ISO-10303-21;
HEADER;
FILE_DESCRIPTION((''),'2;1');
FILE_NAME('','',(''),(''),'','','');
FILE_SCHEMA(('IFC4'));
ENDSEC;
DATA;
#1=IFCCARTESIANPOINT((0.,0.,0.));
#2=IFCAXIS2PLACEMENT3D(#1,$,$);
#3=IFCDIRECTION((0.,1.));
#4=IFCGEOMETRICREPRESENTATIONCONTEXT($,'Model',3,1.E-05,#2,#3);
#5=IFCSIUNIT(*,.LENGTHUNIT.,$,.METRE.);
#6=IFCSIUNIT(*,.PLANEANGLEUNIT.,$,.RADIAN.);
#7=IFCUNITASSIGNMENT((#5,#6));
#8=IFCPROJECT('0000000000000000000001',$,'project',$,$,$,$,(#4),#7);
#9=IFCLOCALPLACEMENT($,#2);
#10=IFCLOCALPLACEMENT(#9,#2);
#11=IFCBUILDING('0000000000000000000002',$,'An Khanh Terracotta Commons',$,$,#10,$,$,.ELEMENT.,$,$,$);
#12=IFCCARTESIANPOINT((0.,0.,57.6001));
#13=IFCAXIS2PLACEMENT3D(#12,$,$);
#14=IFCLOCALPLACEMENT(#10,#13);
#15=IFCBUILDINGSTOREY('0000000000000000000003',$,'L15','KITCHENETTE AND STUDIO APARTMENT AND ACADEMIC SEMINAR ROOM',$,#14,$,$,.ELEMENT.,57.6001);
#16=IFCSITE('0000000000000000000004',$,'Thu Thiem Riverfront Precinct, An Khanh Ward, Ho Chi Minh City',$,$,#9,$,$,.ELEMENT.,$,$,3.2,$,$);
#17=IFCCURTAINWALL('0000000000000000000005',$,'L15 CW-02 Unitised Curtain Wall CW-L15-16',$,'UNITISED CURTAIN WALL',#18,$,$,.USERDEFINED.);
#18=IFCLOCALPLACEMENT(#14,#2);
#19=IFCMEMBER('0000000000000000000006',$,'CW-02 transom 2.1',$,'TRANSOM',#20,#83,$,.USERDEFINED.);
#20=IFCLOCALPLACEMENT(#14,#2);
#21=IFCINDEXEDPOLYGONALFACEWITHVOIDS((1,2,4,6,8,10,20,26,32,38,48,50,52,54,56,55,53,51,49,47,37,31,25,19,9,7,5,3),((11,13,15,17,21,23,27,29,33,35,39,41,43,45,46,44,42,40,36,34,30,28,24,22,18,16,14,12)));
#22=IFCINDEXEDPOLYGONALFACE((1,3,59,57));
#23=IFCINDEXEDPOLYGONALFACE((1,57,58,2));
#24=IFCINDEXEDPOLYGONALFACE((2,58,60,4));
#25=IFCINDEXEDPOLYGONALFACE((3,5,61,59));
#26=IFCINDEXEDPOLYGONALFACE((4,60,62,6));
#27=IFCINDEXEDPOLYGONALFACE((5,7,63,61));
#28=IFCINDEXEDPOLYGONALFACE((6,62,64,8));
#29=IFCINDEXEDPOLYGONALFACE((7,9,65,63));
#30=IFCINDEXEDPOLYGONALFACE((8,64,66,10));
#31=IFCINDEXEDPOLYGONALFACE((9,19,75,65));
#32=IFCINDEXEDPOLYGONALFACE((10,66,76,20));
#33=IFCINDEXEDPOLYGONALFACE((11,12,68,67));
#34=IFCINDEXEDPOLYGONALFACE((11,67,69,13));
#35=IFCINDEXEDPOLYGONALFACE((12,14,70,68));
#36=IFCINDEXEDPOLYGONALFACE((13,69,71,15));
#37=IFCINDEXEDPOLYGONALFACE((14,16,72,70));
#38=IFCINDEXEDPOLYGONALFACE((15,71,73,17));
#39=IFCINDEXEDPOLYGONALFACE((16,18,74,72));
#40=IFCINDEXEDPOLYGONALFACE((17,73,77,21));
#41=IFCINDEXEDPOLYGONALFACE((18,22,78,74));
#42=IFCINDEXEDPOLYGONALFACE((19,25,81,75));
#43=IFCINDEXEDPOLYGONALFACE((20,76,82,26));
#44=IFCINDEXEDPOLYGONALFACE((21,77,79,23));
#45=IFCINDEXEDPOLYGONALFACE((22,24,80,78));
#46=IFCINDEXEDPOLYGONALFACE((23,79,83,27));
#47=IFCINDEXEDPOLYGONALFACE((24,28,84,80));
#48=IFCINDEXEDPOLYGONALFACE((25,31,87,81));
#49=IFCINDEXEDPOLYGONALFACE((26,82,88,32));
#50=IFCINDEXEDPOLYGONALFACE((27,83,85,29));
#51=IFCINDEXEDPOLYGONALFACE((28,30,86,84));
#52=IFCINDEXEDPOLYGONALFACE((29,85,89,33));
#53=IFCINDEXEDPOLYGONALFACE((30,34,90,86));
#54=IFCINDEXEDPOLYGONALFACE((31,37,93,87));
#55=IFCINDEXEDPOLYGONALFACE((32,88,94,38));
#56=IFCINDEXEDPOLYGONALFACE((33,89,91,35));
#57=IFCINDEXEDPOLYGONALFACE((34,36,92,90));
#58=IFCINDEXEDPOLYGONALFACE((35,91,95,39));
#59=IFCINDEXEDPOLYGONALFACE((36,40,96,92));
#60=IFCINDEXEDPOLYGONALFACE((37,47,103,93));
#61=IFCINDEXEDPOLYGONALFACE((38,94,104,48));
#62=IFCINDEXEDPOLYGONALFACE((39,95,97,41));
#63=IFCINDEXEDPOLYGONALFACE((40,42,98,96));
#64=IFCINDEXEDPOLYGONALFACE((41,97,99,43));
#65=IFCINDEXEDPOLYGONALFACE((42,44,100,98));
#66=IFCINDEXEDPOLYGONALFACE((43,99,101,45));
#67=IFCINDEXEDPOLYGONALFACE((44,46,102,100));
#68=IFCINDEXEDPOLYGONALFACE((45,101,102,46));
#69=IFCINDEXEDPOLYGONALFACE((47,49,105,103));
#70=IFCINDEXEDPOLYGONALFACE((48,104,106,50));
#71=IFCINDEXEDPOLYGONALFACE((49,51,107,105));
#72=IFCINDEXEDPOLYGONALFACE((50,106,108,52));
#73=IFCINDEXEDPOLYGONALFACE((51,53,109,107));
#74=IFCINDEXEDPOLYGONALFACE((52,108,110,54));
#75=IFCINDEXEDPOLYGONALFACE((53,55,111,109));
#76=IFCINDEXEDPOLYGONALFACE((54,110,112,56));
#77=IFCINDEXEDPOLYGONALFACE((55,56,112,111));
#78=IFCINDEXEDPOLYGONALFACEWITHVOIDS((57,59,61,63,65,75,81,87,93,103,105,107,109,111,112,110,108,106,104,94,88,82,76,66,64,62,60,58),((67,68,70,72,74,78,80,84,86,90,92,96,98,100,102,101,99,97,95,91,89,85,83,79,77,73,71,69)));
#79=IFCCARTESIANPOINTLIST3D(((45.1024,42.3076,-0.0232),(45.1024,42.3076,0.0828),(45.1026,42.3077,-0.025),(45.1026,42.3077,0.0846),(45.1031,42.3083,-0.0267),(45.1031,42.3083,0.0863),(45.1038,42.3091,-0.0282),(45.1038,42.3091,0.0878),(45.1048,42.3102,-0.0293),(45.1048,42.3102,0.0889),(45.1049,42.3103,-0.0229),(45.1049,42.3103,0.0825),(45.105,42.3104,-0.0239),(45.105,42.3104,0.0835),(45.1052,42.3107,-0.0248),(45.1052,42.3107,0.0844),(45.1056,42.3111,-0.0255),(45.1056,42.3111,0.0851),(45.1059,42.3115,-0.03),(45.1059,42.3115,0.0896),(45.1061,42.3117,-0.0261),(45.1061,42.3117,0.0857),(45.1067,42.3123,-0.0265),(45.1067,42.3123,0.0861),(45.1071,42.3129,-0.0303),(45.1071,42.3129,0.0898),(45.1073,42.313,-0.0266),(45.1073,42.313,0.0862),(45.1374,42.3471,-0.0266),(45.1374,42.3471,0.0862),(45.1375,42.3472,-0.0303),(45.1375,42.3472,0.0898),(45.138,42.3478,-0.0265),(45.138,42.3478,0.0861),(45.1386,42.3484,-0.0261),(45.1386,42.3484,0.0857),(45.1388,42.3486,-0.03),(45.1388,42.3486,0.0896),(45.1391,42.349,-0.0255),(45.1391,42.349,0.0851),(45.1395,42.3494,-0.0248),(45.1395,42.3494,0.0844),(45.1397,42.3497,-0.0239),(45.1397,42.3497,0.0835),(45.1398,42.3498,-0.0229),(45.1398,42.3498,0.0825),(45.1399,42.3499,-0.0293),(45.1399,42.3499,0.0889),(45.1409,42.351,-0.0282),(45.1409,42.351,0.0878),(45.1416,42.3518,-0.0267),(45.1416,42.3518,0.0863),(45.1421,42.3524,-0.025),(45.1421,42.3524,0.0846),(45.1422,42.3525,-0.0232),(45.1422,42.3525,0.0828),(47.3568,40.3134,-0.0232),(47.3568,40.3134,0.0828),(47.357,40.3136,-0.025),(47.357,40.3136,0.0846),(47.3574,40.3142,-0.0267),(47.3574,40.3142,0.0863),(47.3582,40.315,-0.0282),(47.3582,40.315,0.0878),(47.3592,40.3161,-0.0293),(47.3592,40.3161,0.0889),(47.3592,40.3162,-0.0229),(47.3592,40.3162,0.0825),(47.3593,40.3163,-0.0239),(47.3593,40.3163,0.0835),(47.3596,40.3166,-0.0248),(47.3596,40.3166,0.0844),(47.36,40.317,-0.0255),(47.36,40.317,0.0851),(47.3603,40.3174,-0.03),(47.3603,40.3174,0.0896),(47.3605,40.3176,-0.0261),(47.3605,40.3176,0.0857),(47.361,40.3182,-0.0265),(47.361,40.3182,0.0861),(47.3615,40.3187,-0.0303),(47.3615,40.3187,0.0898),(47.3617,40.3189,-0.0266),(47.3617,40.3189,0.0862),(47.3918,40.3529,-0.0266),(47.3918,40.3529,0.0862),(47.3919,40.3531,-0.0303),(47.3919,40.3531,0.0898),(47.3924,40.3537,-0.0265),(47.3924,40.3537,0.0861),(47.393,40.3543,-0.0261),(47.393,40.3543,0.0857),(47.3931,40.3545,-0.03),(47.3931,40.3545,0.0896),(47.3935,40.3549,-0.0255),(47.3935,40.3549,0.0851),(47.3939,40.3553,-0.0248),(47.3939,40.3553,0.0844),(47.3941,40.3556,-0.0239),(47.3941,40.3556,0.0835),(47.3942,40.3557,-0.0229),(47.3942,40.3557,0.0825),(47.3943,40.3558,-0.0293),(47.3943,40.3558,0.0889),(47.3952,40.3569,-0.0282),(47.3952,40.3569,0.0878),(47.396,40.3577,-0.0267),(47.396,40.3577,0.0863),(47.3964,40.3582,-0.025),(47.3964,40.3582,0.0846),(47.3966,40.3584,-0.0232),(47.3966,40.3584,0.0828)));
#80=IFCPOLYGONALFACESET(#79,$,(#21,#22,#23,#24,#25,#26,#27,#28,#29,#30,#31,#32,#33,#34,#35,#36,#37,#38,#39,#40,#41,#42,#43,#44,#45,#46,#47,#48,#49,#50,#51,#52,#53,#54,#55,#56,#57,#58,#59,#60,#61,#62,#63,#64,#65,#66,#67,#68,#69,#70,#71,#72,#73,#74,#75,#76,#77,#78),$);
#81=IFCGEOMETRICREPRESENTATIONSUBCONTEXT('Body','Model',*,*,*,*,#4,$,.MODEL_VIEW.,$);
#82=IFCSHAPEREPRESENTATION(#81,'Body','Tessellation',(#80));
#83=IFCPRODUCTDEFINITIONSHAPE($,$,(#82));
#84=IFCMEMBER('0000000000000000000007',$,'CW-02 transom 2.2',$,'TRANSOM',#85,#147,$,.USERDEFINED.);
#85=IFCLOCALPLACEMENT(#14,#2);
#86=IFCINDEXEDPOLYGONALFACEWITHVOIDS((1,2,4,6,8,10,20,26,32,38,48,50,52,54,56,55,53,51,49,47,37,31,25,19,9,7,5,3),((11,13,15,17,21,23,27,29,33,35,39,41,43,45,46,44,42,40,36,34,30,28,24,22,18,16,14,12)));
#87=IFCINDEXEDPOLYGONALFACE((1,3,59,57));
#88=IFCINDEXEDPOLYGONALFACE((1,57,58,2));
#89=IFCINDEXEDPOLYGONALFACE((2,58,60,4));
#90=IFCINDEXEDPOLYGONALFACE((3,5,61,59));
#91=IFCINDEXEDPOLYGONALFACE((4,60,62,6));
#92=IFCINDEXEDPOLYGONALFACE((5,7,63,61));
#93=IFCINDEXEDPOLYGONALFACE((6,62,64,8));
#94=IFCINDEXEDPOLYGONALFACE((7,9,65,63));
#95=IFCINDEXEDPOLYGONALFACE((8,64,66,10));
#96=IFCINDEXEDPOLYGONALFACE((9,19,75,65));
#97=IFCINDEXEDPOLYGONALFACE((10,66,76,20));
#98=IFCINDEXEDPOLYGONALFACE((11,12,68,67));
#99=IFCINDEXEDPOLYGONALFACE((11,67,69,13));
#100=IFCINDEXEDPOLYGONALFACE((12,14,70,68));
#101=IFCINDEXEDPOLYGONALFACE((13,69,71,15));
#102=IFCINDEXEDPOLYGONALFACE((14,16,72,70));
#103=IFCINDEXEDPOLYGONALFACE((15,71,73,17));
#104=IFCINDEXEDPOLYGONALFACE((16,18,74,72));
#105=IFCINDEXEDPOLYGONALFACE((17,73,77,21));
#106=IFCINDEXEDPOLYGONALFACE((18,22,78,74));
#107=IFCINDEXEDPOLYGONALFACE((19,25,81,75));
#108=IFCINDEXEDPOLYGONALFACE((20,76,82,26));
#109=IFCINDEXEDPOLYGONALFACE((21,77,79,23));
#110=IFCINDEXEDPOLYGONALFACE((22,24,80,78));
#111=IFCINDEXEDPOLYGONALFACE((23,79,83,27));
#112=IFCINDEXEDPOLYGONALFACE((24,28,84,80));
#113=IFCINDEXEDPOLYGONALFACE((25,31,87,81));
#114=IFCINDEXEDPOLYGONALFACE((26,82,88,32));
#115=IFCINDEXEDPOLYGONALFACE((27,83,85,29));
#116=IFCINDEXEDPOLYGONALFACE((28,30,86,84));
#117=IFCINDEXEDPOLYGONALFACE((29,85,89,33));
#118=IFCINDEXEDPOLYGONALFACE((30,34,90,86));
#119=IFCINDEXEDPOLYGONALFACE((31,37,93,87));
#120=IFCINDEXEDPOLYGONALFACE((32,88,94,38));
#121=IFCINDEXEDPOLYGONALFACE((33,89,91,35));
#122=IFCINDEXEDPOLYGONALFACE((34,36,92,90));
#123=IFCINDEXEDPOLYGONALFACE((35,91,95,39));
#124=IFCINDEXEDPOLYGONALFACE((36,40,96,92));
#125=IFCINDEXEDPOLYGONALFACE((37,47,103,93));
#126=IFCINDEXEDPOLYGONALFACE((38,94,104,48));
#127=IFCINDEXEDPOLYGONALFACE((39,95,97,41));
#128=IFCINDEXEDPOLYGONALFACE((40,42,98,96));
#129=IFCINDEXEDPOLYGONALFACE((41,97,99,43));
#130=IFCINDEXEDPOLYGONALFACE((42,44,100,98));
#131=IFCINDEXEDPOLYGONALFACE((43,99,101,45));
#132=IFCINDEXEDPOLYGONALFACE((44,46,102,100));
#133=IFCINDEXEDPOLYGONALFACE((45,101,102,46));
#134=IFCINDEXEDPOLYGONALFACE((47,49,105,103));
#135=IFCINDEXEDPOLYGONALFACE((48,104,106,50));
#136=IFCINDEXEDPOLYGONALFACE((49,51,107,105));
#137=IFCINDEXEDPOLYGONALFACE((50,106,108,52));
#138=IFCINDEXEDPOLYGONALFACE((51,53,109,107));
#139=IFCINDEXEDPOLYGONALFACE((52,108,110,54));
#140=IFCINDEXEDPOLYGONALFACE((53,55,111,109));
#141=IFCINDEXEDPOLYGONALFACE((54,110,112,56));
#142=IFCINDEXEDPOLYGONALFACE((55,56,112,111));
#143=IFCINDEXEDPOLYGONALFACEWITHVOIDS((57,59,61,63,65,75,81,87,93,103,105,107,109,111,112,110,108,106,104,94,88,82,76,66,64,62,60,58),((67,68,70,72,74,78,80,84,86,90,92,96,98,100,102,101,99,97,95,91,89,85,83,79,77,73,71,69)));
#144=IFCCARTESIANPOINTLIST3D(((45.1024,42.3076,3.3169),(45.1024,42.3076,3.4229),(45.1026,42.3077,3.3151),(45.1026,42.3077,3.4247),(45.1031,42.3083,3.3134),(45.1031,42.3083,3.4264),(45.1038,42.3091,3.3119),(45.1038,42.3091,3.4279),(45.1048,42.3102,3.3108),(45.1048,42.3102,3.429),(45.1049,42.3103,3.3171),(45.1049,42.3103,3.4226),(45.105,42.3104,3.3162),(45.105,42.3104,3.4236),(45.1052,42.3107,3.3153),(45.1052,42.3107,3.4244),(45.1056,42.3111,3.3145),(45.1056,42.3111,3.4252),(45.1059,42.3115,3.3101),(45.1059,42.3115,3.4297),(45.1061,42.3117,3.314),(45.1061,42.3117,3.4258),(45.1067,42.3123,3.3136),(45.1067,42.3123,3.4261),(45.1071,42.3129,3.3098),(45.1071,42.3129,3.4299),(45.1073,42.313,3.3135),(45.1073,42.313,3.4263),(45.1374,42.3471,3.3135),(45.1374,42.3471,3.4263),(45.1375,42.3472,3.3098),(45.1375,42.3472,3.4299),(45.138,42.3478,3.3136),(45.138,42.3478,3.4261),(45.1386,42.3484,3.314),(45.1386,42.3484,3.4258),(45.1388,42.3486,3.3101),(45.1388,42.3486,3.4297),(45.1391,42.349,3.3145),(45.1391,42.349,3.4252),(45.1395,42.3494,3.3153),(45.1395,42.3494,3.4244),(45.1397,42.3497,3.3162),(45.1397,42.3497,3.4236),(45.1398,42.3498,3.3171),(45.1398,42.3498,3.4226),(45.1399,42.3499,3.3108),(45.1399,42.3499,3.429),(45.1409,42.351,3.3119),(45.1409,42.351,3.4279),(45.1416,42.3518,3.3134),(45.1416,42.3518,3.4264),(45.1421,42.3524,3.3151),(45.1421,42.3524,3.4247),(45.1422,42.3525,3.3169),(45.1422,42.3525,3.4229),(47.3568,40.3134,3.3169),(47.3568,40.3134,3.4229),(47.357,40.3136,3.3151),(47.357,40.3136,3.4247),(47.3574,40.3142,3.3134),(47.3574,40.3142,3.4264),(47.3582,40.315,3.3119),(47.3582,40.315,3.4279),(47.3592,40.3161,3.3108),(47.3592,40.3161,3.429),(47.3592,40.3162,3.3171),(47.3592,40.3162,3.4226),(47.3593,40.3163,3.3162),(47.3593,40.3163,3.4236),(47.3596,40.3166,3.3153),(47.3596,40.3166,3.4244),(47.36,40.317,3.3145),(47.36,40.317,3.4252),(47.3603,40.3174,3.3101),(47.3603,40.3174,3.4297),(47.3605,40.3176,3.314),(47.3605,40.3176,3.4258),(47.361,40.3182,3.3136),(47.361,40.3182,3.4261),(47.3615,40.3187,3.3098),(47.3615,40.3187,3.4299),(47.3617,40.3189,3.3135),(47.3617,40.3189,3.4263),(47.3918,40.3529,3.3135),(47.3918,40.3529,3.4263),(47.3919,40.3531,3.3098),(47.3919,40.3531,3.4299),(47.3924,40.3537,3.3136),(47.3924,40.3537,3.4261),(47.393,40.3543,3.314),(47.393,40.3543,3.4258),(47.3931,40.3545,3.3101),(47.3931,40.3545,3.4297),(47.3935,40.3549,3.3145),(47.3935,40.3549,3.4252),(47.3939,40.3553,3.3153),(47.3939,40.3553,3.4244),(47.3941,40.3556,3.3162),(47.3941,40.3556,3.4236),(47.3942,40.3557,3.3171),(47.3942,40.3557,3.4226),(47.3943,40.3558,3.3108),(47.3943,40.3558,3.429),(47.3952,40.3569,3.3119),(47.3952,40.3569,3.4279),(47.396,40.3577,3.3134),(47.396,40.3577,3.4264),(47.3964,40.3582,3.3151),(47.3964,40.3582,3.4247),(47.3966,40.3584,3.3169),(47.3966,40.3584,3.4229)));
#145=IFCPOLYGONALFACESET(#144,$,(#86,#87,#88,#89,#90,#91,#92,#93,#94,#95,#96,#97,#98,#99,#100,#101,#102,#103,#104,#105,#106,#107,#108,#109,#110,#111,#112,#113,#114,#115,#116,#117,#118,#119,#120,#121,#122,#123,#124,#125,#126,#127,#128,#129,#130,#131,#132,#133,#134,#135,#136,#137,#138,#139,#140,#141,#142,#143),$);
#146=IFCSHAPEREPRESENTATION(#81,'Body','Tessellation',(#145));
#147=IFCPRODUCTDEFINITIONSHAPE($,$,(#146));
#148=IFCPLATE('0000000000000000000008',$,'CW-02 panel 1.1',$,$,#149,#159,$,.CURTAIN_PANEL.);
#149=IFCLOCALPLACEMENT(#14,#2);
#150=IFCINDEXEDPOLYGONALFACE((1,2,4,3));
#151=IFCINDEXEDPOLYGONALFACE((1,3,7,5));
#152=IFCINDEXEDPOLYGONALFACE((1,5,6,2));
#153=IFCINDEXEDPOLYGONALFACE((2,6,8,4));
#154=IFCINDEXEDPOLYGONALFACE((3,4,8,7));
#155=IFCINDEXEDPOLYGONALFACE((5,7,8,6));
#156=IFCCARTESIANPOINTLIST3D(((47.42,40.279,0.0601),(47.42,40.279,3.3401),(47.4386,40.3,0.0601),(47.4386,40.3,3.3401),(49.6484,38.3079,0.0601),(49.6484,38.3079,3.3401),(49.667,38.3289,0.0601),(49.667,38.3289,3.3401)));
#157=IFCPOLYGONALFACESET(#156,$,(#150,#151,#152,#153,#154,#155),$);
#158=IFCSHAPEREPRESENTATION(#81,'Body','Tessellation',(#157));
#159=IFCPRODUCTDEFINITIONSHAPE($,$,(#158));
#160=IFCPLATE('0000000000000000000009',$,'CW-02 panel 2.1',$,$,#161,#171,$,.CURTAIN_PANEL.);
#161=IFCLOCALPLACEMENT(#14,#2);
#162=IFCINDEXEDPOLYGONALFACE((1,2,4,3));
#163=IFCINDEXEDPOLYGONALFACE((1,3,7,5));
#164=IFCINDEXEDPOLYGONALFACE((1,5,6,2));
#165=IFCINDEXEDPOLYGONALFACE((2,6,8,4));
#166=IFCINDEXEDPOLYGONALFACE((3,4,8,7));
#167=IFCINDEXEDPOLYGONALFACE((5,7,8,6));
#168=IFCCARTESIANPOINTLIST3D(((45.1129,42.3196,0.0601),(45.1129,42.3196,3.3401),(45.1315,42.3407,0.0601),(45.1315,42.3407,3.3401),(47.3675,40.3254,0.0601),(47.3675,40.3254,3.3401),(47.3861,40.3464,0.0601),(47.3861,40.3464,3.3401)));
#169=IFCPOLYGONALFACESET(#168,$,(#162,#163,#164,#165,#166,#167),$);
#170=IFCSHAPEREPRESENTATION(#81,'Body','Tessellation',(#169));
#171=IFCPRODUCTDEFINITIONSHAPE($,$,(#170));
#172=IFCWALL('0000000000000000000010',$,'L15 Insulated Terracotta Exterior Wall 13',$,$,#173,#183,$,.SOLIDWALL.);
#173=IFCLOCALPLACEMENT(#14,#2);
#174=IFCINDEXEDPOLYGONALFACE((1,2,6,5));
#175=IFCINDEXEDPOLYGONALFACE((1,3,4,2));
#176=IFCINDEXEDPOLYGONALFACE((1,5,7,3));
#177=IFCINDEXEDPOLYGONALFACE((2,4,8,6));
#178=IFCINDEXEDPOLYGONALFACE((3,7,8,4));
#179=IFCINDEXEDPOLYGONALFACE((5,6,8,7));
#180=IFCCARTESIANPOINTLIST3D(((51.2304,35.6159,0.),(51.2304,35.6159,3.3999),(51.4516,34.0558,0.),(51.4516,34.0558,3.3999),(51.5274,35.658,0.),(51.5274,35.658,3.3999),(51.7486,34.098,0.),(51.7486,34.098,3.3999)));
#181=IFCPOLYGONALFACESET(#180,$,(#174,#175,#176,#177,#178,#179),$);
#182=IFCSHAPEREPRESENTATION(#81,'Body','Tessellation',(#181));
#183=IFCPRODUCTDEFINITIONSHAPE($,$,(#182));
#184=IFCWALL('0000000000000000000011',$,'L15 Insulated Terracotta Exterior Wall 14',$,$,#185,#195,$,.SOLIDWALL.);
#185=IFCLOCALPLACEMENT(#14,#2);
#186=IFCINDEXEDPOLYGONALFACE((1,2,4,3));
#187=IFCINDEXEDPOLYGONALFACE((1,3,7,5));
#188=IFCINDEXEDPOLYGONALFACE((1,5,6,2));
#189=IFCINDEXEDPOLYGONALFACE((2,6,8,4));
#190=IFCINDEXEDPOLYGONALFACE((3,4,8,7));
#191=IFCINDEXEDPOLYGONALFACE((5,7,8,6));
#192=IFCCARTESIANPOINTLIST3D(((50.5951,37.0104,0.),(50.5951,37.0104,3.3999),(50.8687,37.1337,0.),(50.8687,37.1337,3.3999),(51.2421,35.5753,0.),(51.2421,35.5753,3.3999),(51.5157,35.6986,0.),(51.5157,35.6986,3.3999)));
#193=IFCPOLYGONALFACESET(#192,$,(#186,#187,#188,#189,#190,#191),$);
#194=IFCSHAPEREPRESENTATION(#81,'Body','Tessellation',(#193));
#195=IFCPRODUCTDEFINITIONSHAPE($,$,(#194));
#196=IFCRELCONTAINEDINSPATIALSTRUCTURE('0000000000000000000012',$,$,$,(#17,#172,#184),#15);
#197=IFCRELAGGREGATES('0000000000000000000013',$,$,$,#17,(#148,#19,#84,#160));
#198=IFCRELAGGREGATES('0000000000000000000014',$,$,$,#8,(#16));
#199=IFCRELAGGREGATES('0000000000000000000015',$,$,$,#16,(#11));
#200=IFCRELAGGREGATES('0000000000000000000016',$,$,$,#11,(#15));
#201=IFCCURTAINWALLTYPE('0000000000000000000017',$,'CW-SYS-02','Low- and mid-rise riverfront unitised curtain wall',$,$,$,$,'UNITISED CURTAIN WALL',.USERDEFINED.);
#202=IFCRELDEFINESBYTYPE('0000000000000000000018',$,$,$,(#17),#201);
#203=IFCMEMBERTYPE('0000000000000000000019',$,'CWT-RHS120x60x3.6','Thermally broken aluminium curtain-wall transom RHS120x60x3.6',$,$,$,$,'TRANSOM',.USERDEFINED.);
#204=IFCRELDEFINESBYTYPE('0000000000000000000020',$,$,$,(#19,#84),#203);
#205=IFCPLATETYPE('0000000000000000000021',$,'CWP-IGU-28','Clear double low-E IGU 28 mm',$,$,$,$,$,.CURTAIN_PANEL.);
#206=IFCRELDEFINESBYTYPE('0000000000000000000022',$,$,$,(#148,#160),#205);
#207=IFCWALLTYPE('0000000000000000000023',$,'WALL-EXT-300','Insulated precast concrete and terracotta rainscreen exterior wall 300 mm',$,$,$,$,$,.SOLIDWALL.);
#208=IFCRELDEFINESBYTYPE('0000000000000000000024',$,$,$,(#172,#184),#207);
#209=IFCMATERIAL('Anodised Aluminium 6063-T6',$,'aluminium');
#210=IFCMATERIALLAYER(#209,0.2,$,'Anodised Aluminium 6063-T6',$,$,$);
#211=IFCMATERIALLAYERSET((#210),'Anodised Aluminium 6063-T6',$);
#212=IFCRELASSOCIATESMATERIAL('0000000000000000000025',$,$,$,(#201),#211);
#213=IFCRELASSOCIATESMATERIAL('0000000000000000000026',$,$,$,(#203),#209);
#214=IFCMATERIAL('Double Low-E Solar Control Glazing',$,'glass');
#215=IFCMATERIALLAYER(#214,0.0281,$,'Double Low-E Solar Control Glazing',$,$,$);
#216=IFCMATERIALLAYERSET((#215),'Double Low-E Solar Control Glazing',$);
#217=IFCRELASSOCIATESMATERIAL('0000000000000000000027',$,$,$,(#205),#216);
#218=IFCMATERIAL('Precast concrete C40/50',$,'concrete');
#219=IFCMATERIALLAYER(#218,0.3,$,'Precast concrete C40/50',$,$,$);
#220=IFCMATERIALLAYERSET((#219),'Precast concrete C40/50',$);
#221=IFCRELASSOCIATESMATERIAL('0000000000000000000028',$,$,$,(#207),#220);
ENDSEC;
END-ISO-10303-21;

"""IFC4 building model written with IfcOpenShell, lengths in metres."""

from ifc_helpers import new_model, si_unit, direction, frame, frame_2d, origin, origin_2d, place, context, subcontext, project, spatial, rectangle, hollow_rectangle, extrude, material, layer, layer_set, material_profile, profile_set, type_object, element, aggregate, save


model = new_model("IFC4")

# Units and contexts
model_context = context("Model", 3, precision=1e-05, world=origin(), true_north=direction((0.0, 1.0)))
body_context = subcontext(model_context, "Body", "Model", "MODEL_VIEW")
ifc_project = project(units=[si_unit("LENGTHUNIT", "METRE"), si_unit("PLANEANGLEUNIT", "RADIAN")], contexts=[model_context])

# Site, building, storey
site_placement = place(None, origin())
site = spatial("IfcSite", under=ifc_project, at=site_placement, Name="Thu Thiem Riverfront Precinct, An Khanh Ward, Ho Chi Minh City", CompositionType="ELEMENT", RefElevation=3.2)
building_placement = place(site_placement, origin())
building = spatial("IfcBuilding", under=site, at=building_placement, Name="An Khanh Terracotta Commons", CompositionType="ELEMENT")
storey_placement = place(building_placement, frame((0.0, 0.0, 57.6001)))
storey = spatial("IfcBuildingStorey", under=building, at=storey_placement, Name="L15", Description="KITCHENETTE AND STUDIO APARTMENT AND ACADEMIC SEMINAR ROOM", CompositionType="ELEMENT", Elevation=57.6001)

# Curtain wall, members, plates
ifc_material_1 = material(Name="Anodised Aluminium 6063-T6", Category="aluminium")
ifc_layer_1 = layer(ifc_material_1, 0.2, Name="Anodised Aluminium 6063-T6")
ifc_layer_set_1 = layer_set([ifc_layer_1], Name="Anodised Aluminium 6063-T6")
curtain_wall_type = type_object("IfcCurtainWallType", Name="CW-SYS-02", Description="Low- and mid-rise riverfront unitised curtain wall", ElementType="UNITISED CURTAIN WALL", PredefinedType="USERDEFINED", material=ifc_layer_set_1)
curtain_wall_placement = place(storey_placement, origin())
curtain_wall = element("IfcCurtainWall", 1, at=curtain_wall_placement, inside=storey, type_object=curtain_wall_type, Name="L15 CW-02 Unitised Curtain Wall CW-L15-16", ObjectType="UNITISED CURTAIN WALL", PredefinedType="USERDEFINED")
ifc_material_profile_1 = material_profile(ifc_material_1, hollow_rectangle(XDim=0.0601, YDim=0.1201, WallThickness=0.0037, InnerFilletRadius=0.0037, OuterFilletRadius=0.0071, at=origin_2d()), Name="RHS120x60x3.6")
ifc_profile_set_1 = profile_set([ifc_material_profile_1], Name="Anodised Aluminium 6063-T6")
member_type_1 = type_object("IfcMemberType", Name="CWT-RHS120x60x3.6", Description="Thermally broken aluminium curtain-wall transom RHS120x60x3.6", ElementType="TRANSOM", PredefinedType="USERDEFINED", material=ifc_profile_set_1)
member_1_placement = place(storey_placement, frame((47.3767, 40.3359, 0.0298), z_axis=(-0.749018, 0.662549, 0.0), x_axis=(-0.662549, -0.749018, 0.0)))
member_1 = element("IfcMember", 2, at=member_1_placement, type_object=member_type_1, Name="CW-02 transom 2.1", ObjectType="TRANSOM", PredefinedType="USERDEFINED", context=body_context, shape_type="SweptSolid", body=[
    extrude(hollow_rectangle(XDim=0.0601, YDim=0.1201, WallThickness=0.0037, InnerFilletRadius=0.0037, OuterFilletRadius=0.0071, at=origin_2d()), origin(), (0.0, 0.0, 1.0), 3.0098),
])
member_2_placement = place(storey_placement, frame((47.3767, 40.3359, 3.3699), z_axis=(-0.749018, 0.662549, 0.0), x_axis=(-0.662549, -0.749018, 0.0)))
member_2 = element("IfcMember", 3, at=member_2_placement, type_object=member_type_1, Name="CW-02 transom 2.2", ObjectType="TRANSOM", PredefinedType="USERDEFINED", context=body_context, shape_type="SweptSolid", body=[
    extrude(hollow_rectangle(XDim=0.0601, YDim=0.1201, WallThickness=0.0037, InnerFilletRadius=0.0037, OuterFilletRadius=0.0071, at=origin_2d()), origin(), (0.0, 0.0, 1.0), 3.0098),
])
ifc_material_2 = material(Name="Double Low-E Solar Control Glazing", Category="glass")
ifc_layer_2 = layer(ifc_material_2, 0.0281, Name="Double Low-E Solar Control Glazing")
ifc_layer_set_2 = layer_set([ifc_layer_2], Name="Double Low-E Solar Control Glazing")
plate_type = type_object("IfcPlateType", Name="CWP-IGU-28", Description="Clear double low-E IGU 28 mm", PredefinedType="CURTAIN_PANEL", material=ifc_layer_set_2)
plate_1_placement = place(storey_placement, frame((48.5435, 39.304, 0.0601), z_axis=(0.0, 0.0, 1.0), x_axis=(-0.749019, 0.662548, 0.0)))
plate_1 = element("IfcPlate", 4, at=plate_1_placement, type_object=plate_type, Name="CW-02 panel 1.1", PredefinedType="CURTAIN_PANEL", context=body_context, shape_type="SweptSolid", body=[
    extrude(rectangle(XDim=2.9751, YDim=0.0281, at=origin_2d()), origin(), (0.0, 0.0, 1.0), 3.28),
])
plate_2_placement = place(storey_placement, frame((46.2495, 41.333, 0.0601), z_axis=(0.0, 0.0, 1.0), x_axis=(-0.749019, 0.662548, 0.0)))
plate_2 = element("IfcPlate", 5, at=plate_2_placement, type_object=plate_type, Name="CW-02 panel 2.1", PredefinedType="CURTAIN_PANEL", context=body_context, shape_type="SweptSolid", body=[
    extrude(rectangle(XDim=3.01, YDim=0.0281, at=origin_2d()), origin(), (0.0, 0.0, 1.0), 3.28),
])
aggregate(curtain_wall, [plate_1, member_1, member_2, plate_2])

# Walls
ifc_material_3 = material(Name="Precast concrete C40/50", Category="concrete")
ifc_layer_3 = layer(ifc_material_3, 0.3, Name="Precast concrete C40/50")
ifc_layer_set_3 = layer_set([ifc_layer_3], Name="Precast concrete C40/50")
wall_type = type_object("IfcWallType", Name="WALL-EXT-300", Description="Insulated precast concrete and terracotta rainscreen exterior wall 300 mm", PredefinedType="SOLIDWALL", material=ifc_layer_set_3)
wall_1_placement = place(storey_placement, frame((51.6001, 34.0769, 0.0), z_axis=(0.0, 0.0, 1.0), x_axis=(-0.14038, 0.990098, 0.0)))
element("IfcWall", 6, at=wall_1_placement, inside=storey, type_object=wall_type, Name="L15 Insulated Terracotta Exterior Wall 13", PredefinedType="SOLIDWALL", context=body_context, shape_type="SweptSolid", body=[
    extrude(rectangle(XDim=1.5757, YDim=0.3, at=frame_2d((0.7878, 0.0))), origin(), (0.0, 0.0, 1.0), 3.3999),
])
wall_2_placement = place(storey_placement, frame((51.3789, 35.637, 0.0), z_axis=(0.0, 0.0, 1.0), x_axis=(-0.410997, 0.911637, 0.0)))
element("IfcWall", 7, at=wall_2_placement, inside=storey, type_object=wall_type, Name="L15 Insulated Terracotta Exterior Wall 14", PredefinedType="SOLIDWALL", context=body_context, shape_type="SweptSolid", body=[
    extrude(rectangle(XDim=1.5742, YDim=0.3, at=frame_2d((0.7871, 0.0))), origin(), (0.0, 0.0, 1.0), 3.3999),
])

save(model, "model.ifc")
